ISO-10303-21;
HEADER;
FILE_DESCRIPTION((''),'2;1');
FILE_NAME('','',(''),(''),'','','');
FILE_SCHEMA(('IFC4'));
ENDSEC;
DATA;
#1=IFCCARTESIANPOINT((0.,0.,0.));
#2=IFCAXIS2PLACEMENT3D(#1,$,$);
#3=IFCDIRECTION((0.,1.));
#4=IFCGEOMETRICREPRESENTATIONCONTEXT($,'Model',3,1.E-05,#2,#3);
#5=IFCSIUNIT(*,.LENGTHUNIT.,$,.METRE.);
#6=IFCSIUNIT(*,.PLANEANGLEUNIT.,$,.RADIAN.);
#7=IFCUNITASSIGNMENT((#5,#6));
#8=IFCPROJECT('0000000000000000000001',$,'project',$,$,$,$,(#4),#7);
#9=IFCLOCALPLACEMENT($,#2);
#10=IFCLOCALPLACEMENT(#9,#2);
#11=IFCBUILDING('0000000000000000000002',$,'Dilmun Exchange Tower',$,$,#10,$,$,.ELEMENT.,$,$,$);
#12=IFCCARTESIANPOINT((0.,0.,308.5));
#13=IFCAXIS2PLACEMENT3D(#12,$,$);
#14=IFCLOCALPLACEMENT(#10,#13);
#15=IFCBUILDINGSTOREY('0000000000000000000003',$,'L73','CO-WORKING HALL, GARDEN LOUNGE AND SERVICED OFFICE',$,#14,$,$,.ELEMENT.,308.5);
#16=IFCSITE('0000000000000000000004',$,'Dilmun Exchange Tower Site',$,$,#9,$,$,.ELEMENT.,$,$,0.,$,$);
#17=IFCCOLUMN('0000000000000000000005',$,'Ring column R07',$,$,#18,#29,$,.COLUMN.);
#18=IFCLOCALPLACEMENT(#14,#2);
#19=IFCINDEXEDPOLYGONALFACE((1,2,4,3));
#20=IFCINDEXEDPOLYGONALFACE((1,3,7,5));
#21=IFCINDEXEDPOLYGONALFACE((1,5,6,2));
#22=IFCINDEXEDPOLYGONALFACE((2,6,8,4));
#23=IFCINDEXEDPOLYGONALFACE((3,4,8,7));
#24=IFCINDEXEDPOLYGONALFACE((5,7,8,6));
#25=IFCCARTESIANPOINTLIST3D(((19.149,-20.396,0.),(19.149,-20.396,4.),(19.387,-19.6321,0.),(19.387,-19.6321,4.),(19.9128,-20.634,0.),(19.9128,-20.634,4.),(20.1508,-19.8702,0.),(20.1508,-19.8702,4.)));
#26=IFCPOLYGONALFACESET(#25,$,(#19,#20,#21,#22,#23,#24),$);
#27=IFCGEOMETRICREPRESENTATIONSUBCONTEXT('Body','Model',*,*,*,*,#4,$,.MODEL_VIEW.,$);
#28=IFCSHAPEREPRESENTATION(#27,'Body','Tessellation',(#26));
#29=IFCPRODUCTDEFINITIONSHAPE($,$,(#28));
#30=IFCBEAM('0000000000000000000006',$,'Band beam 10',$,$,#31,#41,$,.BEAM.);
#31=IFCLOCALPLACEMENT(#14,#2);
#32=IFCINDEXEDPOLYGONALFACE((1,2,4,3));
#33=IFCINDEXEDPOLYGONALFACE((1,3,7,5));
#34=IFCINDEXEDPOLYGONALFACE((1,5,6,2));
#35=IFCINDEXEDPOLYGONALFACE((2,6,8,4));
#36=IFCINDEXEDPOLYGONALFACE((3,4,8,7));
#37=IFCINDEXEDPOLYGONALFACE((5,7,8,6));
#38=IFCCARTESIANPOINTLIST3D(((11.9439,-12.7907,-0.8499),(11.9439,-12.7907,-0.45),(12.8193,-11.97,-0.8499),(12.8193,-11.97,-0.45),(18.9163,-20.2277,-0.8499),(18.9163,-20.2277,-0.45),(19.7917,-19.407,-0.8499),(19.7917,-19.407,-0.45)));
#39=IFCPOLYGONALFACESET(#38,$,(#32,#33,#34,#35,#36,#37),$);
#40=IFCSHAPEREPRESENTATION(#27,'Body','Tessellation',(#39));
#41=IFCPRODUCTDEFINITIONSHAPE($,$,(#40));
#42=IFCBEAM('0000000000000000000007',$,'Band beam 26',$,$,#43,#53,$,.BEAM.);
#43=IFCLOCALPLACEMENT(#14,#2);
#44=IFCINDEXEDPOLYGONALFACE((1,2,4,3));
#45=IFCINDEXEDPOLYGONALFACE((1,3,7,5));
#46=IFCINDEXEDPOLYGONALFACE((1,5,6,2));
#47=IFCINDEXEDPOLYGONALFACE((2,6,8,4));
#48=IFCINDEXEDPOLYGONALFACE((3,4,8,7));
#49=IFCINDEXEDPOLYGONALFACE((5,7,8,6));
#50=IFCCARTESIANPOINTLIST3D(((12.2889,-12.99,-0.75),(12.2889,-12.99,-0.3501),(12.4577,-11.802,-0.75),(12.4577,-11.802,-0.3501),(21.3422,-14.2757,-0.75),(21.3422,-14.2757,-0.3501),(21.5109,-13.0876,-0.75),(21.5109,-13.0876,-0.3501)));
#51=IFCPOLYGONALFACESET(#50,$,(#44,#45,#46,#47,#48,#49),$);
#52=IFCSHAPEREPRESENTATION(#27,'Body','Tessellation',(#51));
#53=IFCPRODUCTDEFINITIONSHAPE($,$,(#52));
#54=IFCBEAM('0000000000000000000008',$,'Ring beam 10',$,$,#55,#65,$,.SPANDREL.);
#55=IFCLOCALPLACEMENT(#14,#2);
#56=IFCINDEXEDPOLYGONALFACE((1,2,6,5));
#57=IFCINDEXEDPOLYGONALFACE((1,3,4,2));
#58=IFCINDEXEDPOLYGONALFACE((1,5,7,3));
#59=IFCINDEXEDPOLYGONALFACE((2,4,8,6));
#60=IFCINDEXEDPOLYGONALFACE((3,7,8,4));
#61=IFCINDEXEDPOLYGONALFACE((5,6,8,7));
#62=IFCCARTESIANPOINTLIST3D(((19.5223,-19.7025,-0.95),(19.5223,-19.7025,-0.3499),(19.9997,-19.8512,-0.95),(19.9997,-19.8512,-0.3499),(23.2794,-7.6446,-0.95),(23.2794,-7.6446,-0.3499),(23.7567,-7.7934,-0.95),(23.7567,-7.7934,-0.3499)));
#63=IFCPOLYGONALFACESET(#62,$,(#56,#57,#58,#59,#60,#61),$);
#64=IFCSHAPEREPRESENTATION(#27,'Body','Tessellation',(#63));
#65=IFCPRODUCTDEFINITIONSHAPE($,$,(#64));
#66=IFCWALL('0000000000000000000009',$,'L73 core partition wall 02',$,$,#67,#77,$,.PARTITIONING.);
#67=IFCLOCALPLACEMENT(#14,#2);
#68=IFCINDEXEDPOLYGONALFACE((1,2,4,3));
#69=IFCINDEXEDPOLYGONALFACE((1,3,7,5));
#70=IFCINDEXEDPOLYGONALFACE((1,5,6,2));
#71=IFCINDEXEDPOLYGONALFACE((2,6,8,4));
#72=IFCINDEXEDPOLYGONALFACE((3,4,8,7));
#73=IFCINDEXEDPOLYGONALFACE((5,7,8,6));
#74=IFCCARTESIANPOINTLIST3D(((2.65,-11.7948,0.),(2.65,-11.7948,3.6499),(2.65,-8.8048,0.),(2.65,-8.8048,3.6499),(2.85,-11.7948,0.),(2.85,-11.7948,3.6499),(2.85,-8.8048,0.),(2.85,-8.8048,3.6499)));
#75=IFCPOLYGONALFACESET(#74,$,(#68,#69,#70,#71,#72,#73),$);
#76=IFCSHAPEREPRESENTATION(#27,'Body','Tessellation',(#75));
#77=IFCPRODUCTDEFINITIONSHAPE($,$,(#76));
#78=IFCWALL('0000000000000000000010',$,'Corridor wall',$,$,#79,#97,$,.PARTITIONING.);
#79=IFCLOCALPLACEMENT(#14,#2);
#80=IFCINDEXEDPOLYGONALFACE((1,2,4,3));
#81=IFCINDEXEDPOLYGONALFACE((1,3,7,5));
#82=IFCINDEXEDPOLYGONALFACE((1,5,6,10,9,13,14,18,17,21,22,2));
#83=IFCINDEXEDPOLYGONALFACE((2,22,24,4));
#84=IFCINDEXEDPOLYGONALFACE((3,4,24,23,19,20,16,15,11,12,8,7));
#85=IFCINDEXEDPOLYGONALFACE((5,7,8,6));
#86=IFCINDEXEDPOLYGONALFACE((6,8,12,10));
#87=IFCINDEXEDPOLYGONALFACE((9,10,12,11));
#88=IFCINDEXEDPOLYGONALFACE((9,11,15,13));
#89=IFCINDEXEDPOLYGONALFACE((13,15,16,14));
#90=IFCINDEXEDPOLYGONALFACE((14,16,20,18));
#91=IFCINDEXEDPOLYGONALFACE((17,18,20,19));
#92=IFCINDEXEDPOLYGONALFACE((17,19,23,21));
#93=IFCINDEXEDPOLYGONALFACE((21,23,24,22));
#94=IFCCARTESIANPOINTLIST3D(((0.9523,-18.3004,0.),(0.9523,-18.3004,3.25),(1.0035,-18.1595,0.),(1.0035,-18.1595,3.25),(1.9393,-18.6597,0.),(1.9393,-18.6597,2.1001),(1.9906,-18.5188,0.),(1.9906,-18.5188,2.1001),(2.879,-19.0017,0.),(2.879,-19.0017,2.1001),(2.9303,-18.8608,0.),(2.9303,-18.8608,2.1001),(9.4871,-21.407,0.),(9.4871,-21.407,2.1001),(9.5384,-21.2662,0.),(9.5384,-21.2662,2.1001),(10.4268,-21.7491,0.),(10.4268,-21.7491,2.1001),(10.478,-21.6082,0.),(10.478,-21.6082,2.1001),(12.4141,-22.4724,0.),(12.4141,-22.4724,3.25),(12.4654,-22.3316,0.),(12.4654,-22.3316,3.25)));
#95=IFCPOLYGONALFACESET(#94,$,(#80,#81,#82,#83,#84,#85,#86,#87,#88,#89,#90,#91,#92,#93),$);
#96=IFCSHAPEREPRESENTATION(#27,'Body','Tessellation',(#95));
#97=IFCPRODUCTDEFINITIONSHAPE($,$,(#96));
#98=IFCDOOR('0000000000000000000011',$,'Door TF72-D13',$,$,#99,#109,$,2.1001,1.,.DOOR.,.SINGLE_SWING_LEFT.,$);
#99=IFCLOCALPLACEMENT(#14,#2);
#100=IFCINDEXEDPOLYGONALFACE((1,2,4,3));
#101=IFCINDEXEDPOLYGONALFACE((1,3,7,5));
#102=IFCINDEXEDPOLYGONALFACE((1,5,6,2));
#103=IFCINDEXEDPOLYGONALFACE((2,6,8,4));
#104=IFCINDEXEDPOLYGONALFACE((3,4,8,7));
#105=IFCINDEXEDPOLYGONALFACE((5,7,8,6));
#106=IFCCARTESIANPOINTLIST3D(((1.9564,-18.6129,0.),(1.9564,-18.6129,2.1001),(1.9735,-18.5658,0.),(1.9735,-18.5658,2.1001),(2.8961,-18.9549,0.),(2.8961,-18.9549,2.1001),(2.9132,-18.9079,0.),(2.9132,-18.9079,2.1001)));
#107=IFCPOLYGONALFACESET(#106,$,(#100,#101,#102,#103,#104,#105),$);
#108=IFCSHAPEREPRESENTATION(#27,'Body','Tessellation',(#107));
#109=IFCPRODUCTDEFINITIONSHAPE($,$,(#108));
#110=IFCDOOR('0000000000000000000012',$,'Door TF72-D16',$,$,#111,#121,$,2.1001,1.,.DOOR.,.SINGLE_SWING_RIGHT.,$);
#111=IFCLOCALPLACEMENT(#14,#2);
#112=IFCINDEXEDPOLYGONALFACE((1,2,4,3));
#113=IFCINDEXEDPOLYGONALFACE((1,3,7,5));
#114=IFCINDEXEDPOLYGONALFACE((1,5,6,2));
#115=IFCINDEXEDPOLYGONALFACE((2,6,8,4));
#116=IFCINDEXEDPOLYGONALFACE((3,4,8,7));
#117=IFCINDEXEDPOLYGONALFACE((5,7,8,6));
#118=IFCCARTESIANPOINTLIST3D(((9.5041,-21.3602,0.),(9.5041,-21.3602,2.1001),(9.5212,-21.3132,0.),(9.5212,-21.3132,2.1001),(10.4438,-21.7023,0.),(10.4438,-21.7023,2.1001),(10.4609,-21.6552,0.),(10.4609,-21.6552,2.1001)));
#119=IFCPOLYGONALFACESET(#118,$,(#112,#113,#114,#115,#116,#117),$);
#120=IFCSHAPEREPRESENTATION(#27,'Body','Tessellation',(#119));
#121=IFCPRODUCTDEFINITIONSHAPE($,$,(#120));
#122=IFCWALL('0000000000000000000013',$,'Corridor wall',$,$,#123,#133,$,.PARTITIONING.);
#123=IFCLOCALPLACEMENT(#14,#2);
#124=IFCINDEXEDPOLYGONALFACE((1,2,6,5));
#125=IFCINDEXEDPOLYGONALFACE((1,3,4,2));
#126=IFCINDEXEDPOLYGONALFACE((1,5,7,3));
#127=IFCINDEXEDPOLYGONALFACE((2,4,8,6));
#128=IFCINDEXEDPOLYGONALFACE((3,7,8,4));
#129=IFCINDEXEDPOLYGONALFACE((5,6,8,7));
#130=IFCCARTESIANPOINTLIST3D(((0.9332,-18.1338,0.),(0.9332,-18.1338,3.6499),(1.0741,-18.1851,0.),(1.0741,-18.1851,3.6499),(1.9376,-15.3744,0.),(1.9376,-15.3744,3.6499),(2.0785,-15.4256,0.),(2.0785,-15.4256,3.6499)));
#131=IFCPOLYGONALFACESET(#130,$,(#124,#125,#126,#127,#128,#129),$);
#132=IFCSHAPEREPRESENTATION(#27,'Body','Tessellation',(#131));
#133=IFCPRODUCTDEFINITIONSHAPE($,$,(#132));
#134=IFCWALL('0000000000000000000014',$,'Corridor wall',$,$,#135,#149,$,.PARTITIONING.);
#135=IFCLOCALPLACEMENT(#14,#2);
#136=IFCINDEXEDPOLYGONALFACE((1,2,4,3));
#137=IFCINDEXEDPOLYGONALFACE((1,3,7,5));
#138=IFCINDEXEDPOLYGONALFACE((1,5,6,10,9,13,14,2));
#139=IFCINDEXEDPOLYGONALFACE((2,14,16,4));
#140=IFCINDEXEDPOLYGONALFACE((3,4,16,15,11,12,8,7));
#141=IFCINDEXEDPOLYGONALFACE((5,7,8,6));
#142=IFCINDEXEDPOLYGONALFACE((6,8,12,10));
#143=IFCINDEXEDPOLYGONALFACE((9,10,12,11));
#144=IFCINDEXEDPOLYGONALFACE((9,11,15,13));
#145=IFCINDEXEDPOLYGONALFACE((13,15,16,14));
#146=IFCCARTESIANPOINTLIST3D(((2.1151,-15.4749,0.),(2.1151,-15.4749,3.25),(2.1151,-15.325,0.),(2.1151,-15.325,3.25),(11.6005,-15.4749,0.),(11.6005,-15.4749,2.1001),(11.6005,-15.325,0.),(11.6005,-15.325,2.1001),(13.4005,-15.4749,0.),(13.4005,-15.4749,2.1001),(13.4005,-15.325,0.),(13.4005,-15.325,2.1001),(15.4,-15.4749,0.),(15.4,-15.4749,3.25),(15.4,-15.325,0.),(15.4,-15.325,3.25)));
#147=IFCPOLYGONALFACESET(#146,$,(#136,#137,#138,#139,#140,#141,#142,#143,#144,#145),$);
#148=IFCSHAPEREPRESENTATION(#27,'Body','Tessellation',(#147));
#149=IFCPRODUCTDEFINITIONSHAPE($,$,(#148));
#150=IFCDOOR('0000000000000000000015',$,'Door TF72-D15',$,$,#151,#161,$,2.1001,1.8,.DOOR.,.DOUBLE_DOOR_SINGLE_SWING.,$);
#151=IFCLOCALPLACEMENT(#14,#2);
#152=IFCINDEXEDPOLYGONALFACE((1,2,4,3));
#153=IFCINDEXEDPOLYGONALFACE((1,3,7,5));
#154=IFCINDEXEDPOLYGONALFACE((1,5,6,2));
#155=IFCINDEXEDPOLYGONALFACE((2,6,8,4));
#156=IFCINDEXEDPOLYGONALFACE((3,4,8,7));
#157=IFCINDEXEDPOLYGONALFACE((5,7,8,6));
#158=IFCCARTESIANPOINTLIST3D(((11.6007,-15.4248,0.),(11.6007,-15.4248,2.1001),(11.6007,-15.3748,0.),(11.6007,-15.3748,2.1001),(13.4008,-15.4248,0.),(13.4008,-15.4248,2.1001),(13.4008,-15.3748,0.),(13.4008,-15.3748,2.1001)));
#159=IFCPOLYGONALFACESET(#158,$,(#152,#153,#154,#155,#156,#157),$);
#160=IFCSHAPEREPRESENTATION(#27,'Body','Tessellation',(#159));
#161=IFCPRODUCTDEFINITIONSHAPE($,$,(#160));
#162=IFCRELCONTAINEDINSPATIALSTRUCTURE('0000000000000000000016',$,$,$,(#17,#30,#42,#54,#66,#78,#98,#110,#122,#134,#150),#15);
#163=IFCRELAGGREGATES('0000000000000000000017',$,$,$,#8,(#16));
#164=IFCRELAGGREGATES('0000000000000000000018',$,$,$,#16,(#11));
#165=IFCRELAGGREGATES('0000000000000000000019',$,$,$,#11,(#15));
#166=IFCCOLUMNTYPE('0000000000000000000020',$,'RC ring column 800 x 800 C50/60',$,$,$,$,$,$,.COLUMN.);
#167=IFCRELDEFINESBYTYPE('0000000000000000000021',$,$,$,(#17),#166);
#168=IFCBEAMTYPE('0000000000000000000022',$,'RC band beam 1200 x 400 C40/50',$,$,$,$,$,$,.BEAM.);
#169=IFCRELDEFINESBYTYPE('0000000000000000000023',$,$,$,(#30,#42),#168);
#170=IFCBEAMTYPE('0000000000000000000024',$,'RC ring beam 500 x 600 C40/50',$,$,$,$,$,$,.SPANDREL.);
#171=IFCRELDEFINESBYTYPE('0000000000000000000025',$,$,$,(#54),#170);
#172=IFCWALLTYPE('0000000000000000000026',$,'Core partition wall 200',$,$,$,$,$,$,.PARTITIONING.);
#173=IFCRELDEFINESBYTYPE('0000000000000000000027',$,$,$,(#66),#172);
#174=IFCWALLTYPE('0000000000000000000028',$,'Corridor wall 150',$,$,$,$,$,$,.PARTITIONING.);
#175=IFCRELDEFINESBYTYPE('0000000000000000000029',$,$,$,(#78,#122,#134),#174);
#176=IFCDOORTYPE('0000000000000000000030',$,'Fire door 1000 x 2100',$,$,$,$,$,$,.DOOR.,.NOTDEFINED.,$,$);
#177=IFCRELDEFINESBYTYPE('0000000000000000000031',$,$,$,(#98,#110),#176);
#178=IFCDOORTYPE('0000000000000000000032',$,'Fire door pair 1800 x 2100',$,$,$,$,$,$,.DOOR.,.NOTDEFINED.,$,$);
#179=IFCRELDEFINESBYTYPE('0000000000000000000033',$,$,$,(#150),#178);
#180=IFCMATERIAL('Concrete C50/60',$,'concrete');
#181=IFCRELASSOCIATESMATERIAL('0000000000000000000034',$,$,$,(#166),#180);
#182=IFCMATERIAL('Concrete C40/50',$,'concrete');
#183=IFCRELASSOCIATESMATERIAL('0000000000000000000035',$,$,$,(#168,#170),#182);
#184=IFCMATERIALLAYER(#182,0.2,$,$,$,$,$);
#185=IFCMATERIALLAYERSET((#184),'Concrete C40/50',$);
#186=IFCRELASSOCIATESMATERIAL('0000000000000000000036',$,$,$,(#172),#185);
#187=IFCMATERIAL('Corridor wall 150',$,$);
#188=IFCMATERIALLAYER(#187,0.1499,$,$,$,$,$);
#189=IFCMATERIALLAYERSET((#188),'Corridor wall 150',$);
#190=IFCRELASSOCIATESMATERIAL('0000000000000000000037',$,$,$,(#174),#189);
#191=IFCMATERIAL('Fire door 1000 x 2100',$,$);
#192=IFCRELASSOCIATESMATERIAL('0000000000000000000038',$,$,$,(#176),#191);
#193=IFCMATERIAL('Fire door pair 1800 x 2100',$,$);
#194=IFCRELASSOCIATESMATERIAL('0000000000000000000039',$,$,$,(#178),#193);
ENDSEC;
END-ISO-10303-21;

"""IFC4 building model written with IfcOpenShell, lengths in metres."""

from ifc_helpers import new_model, si_unit, direction, frame, frame_2d, origin, origin_2d, place, context, subcontext, project, spatial, rectangle, extrude, material, layer, layer_set, material_profile, profile_set, type_object, element, fill, save


model = new_model("IFC4")

# Units and contexts
model_context = context("Model", 3, precision=1e-05, world=origin(), true_north=direction((0.0, 1.0)))
body_context = subcontext(model_context, "Body", "Model", "MODEL_VIEW")
ifc_project = project(units=[si_unit("LENGTHUNIT", "METRE"), si_unit("PLANEANGLEUNIT", "RADIAN")], contexts=[model_context])

# Site, building, storey
site_placement = place(None, origin())
site = spatial("IfcSite", under=ifc_project, at=site_placement, Name="Dilmun Exchange Tower Site", CompositionType="ELEMENT", RefElevation=0.0)
building_placement = place(site_placement, origin())
building = spatial("IfcBuilding", under=site, at=building_placement, Name="Dilmun Exchange Tower", CompositionType="ELEMENT")
storey_placement = place(building_placement, frame((0.0, 0.0, 308.5)))
storey = spatial("IfcBuildingStorey", under=building, at=storey_placement, Name="L73", Description="CO-WORKING HALL, GARDEN LOUNGE AND SERVICED OFFICE", CompositionType="ELEMENT", Elevation=308.5)

# Column
ifc_material_1 = material(Name="Concrete C50/60", Category="concrete")
ifc_material_profile_1 = material_profile(ifc_material_1, rectangle(XDim=0.8, YDim=0.8, at=origin_2d()), Name="800 x 800")
ifc_profile_set_1 = profile_set([ifc_material_profile_1], Name="Concrete C50/60")
column_type = type_object("IfcColumnType", Name="RC ring column 800 x 800 C50/60", PredefinedType="COLUMN", material=ifc_profile_set_1)
column_placement = place(storey_placement, frame((19.6499, -20.1331, 0.0), z_axis=(0.0, 0.0, 1.0), x_axis=(0.297503, 0.954721, 0.0)))
element("IfcColumn", 1, at=column_placement, inside=storey, type_object=column_type, Name="Ring column R07", PredefinedType="COLUMN", context=body_context, shape_type="SweptSolid", body=[
    extrude(rectangle(XDim=0.8, YDim=0.8, at=origin_2d()), origin(), (0.0, 0.0, 1.0), 4.0),
])

# Beams
ifc_material_2 = material(Name="Concrete C40/50", Category="concrete")
ifc_material_profile_2 = material_profile(ifc_material_2, rectangle(XDim=1.2, YDim=0.3999, at=origin_2d()), Name="1200 x 400")
ifc_profile_set_2 = profile_set([ifc_material_profile_2], Name="Concrete C40/50")
beam_type_1 = type_object("IfcBeamType", Name="RC band beam 1200 x 400 C40/50", PredefinedType="BEAM", material=ifc_profile_set_2)
beam_1_placement = place(storey_placement, frame((19.354, -19.8174, -0.6499), z_axis=(-0.683952, 0.729527, 0.0), x_axis=(-0.729527, -0.683952, 0.0)))
element("IfcBeam", 2, at=beam_1_placement, inside=storey, type_object=beam_type_1, Name="Band beam 10", PredefinedType="BEAM", context=body_context, shape_type="SweptSolid", body=[
    extrude(rectangle(XDim=1.2, YDim=0.3999, at=origin_2d()), origin(), (0.0, 0.0, 1.0), 10.1943),
])
beam_2_placement = place(storey_placement, frame((21.4265, -13.6816, -0.55), z_axis=(-0.990067, 0.140599, 0.0), x_axis=(-0.140599, -0.990067, 0.0)))
element("IfcBeam", 3, at=beam_2_placement, inside=storey, type_object=beam_type_1, Name="Band beam 26", PredefinedType="BEAM", context=body_context, shape_type="SweptSolid", body=[
    extrude(rectangle(XDim=1.2, YDim=0.3999, at=origin_2d()), origin(), (0.0, 0.0, 1.0), 9.144),
])
ifc_material_profile_3 = material_profile(ifc_material_2, rectangle(XDim=0.5, YDim=0.6001, at=origin_2d()), Name="500 x 600")
ifc_profile_set_3 = profile_set([ifc_material_profile_3], Name="Concrete C40/50")
beam_type_2 = type_object("IfcBeamType", Name="RC ring beam 500 x 600 C40/50", PredefinedType="SPANDREL", material=ifc_profile_set_3)
beam_3_placement = place(storey_placement, frame((19.761, -19.7769, -0.6499), z_axis=(0.297481, 0.954728, 0.0), x_axis=(-0.954728, 0.297481, 0.0)))
element("IfcBeam", 4, at=beam_3_placement, inside=storey, type_object=beam_type_2, Name="Ring beam 10", PredefinedType="SPANDREL", context=body_context, shape_type="SweptSolid", body=[
    extrude(rectangle(XDim=0.5, YDim=0.6001, at=origin_2d()), origin(), (0.0, 0.0, 1.0), 12.6296),
])

# Wall
ifc_layer_1 = layer(ifc_material_2, 0.2)
ifc_layer_set_1 = layer_set([ifc_layer_1], Name="Concrete C40/50")
wall_type_1 = type_object("IfcWallType", Name="Core partition wall 200", PredefinedType="PARTITIONING", material=ifc_layer_set_1)
wall_1_placement = place(storey_placement, frame((2.75, -11.7949, 0.0), z_axis=(0.0, 0.0, 1.0), x_axis=(0.0, 1.0, 0.0)))
element("IfcWall", 5, at=wall_1_placement, inside=storey, type_object=wall_type_1, Name="L73 core partition wall 02", PredefinedType="PARTITIONING", context=body_context, shape_type="SweptSolid", body=[
    extrude(rectangle(XDim=2.99, YDim=0.2, at=frame_2d((1.4951, 0.0))), origin(), (0.0, 0.0, 1.0), 3.6499),
])

# Wall, openings, doors
ifc_material_3 = material(Name="Corridor wall 150")
ifc_layer_2 = layer(ifc_material_3, 0.1499)
ifc_layer_set_2 = layer_set([ifc_layer_2], Name="Corridor wall 150")
wall_type_2 = type_object("IfcWallType", Name="Corridor wall 150", PredefinedType="PARTITIONING", material=ifc_layer_set_2)
wall_2_placement = place(storey_placement, frame((0.978, -18.23, 0.0), z_axis=(0.0, 0.0, 1.0), x_axis=(0.939684, -0.342044, 0.0)))
wall_2 = element("IfcWall", 6, at=wall_2_placement, inside=storey, type_object=wall_type_2, Name="Corridor wall", PredefinedType="PARTITIONING", context=body_context, shape_type="SweptSolid", body=[
    extrude(rectangle(XDim=12.1975, YDim=0.1499, at=frame_2d((6.0986, 0.0))), origin(), (0.0, 0.0, 1.0), 3.25),
])
opening_1_placement = place(wall_2_placement, frame((1.0503, 0.0, 0.0)))
opening_1 = element("IfcOpeningElement", 7, at=opening_1_placement, cuts=wall_2, PredefinedType="OPENING", context=body_context, shape_type="SweptSolid", body=[
    extrude(rectangle(XDim=1.0, YDim=2.1001, at=frame_2d((0.5, 1.05))), frame((0.0, 0.085, 0.0), z_axis=(0.0, -1.0, 0.0), x_axis=(1.0, 0.0, 0.0)), (0.0, 0.0, 1.0), 0.1699),
])
opening_2_placement = place(wall_2_placement, frame((9.0825, 0.0, 0.0)))
opening_2 = element("IfcOpeningElement", 8, at=opening_2_placement, cuts=wall_2, PredefinedType="OPENING", context=body_context, shape_type="SweptSolid", body=[
    extrude(rectangle(XDim=1.0, YDim=2.1001, at=frame_2d((0.5, 1.05))), frame((0.0, 0.085, 0.0), z_axis=(0.0, -1.0, 0.0), x_axis=(1.0, 0.0, 0.0)), (0.0, 0.0, 1.0), 0.1699),
])
ifc_material_4 = material(Name="Fire door 1000 x 2100")
door_type_1 = type_object("IfcDoorType", Name="Fire door 1000 x 2100", OperationType="NOTDEFINED", PredefinedType="DOOR", material=ifc_material_4)
door_1_placement = place(opening_1_placement, origin())
door_1 = element("IfcDoor", 9, at=door_1_placement, inside=storey, type_object=door_type_1, Name="Door TF72-D13", OperationType="SINGLE_SWING_LEFT", OverallHeight=2.1001, OverallWidth=1.0, PredefinedType="DOOR", context=body_context, shape_type="SweptSolid", body=[
    extrude(rectangle(XDim=1.0, YDim=2.1001, at=frame_2d((0.5, 1.05))), frame((0.0, 0.0249, 0.0), z_axis=(0.0, -1.0, 0.0), x_axis=(1.0, 0.0, 0.0)), (0.0, 0.0, 1.0), 0.05),
])
fill(opening_1, door_1)
door_2_placement = place(opening_2_placement, origin())
door_2 = element("IfcDoor", 10, at=door_2_placement, inside=storey, type_object=door_type_1, Name="Door TF72-D16", OperationType="SINGLE_SWING_RIGHT", OverallHeight=2.1001, OverallWidth=1.0, PredefinedType="DOOR", context=body_context, shape_type="SweptSolid", body=[
    extrude(rectangle(XDim=1.0, YDim=2.1001, at=frame_2d((0.5, 1.05))), frame((0.0, 0.0249, 0.0), z_axis=(0.0, -1.0, 0.0), x_axis=(1.0, 0.0, 0.0)), (0.0, 0.0, 1.0), 0.05),
])
fill(opening_2, door_2)

# Wall
wall_3_placement = place(storey_placement, frame((1.0037, -18.1594, 0.0), z_axis=(0.0, 0.0, 1.0), x_axis=(0.342023, 0.939691, 0.0)))
element("IfcWall", 11, at=wall_3_placement, inside=storey, type_object=wall_type_2, Name="Corridor wall", PredefinedType="PARTITIONING", context=body_context, shape_type="SweptSolid", body=[
    extrude(rectangle(XDim=2.9365, YDim=0.1499, at=frame_2d((1.4683, 0.0))), origin(), (0.0, 0.0, 1.0), 3.6499),
])

# Wall, opening, door
wall_4_placement = place(storey_placement, frame((2.115, -15.3999, 0.0), z_axis=(0.0, 0.0, 1.0), x_axis=(1.0, 0.0, 0.0)))
wall_4 = element("IfcWall", 12, at=wall_4_placement, inside=storey, type_object=wall_type_2, Name="Corridor wall", PredefinedType="PARTITIONING", context=body_context, shape_type="SweptSolid", body=[
    extrude(rectangle(XDim=13.2849, YDim=0.1499, at=frame_2d((6.6426, 0.0))), origin(), (0.0, 0.0, 1.0), 3.25),
])
opening_3_placement = place(wall_4_placement, frame((9.4856, 0.0, 0.0)))
opening_3 = element("IfcOpeningElement", 13, at=opening_3_placement, cuts=wall_4, PredefinedType="OPENING", context=body_context, shape_type="SweptSolid", body=[
    extrude(rectangle(XDim=1.8, YDim=2.1001, at=frame_2d((0.8999, 1.05))), frame((0.0, 0.085, 0.0), z_axis=(0.0, -1.0, 0.0), x_axis=(1.0, 0.0, 0.0)), (0.0, 0.0, 1.0), 0.1699),
])
ifc_material_5 = material(Name="Fire door pair 1800 x 2100")
door_type_2 = type_object("IfcDoorType", Name="Fire door pair 1800 x 2100", OperationType="NOTDEFINED", PredefinedType="DOOR", material=ifc_material_5)
door_3_placement = place(opening_3_placement, frame((1.8, 0.0, 0.0), z_axis=(0.0, 0.0, 1.0), x_axis=(-1.0, 0.0, 0.0)))
door_3 = element("IfcDoor", 14, at=door_3_placement, inside=storey, type_object=door_type_2, Name="Door TF72-D15", OperationType="DOUBLE_DOOR_SINGLE_SWING", OverallHeight=2.1001, OverallWidth=1.8, PredefinedType="DOOR", context=body_context, shape_type="SweptSolid", body=[
    extrude(rectangle(XDim=1.8, YDim=2.1001, at=frame_2d((0.8999, 1.05))), frame((0.0, 0.0249, 0.0), z_axis=(0.0, -1.0, 0.0), x_axis=(1.0, 0.0, 0.0)), (0.0, 0.0, 1.0), 0.05),
])
fill(opening_3, door_3)

save(model, "model.ifc")
